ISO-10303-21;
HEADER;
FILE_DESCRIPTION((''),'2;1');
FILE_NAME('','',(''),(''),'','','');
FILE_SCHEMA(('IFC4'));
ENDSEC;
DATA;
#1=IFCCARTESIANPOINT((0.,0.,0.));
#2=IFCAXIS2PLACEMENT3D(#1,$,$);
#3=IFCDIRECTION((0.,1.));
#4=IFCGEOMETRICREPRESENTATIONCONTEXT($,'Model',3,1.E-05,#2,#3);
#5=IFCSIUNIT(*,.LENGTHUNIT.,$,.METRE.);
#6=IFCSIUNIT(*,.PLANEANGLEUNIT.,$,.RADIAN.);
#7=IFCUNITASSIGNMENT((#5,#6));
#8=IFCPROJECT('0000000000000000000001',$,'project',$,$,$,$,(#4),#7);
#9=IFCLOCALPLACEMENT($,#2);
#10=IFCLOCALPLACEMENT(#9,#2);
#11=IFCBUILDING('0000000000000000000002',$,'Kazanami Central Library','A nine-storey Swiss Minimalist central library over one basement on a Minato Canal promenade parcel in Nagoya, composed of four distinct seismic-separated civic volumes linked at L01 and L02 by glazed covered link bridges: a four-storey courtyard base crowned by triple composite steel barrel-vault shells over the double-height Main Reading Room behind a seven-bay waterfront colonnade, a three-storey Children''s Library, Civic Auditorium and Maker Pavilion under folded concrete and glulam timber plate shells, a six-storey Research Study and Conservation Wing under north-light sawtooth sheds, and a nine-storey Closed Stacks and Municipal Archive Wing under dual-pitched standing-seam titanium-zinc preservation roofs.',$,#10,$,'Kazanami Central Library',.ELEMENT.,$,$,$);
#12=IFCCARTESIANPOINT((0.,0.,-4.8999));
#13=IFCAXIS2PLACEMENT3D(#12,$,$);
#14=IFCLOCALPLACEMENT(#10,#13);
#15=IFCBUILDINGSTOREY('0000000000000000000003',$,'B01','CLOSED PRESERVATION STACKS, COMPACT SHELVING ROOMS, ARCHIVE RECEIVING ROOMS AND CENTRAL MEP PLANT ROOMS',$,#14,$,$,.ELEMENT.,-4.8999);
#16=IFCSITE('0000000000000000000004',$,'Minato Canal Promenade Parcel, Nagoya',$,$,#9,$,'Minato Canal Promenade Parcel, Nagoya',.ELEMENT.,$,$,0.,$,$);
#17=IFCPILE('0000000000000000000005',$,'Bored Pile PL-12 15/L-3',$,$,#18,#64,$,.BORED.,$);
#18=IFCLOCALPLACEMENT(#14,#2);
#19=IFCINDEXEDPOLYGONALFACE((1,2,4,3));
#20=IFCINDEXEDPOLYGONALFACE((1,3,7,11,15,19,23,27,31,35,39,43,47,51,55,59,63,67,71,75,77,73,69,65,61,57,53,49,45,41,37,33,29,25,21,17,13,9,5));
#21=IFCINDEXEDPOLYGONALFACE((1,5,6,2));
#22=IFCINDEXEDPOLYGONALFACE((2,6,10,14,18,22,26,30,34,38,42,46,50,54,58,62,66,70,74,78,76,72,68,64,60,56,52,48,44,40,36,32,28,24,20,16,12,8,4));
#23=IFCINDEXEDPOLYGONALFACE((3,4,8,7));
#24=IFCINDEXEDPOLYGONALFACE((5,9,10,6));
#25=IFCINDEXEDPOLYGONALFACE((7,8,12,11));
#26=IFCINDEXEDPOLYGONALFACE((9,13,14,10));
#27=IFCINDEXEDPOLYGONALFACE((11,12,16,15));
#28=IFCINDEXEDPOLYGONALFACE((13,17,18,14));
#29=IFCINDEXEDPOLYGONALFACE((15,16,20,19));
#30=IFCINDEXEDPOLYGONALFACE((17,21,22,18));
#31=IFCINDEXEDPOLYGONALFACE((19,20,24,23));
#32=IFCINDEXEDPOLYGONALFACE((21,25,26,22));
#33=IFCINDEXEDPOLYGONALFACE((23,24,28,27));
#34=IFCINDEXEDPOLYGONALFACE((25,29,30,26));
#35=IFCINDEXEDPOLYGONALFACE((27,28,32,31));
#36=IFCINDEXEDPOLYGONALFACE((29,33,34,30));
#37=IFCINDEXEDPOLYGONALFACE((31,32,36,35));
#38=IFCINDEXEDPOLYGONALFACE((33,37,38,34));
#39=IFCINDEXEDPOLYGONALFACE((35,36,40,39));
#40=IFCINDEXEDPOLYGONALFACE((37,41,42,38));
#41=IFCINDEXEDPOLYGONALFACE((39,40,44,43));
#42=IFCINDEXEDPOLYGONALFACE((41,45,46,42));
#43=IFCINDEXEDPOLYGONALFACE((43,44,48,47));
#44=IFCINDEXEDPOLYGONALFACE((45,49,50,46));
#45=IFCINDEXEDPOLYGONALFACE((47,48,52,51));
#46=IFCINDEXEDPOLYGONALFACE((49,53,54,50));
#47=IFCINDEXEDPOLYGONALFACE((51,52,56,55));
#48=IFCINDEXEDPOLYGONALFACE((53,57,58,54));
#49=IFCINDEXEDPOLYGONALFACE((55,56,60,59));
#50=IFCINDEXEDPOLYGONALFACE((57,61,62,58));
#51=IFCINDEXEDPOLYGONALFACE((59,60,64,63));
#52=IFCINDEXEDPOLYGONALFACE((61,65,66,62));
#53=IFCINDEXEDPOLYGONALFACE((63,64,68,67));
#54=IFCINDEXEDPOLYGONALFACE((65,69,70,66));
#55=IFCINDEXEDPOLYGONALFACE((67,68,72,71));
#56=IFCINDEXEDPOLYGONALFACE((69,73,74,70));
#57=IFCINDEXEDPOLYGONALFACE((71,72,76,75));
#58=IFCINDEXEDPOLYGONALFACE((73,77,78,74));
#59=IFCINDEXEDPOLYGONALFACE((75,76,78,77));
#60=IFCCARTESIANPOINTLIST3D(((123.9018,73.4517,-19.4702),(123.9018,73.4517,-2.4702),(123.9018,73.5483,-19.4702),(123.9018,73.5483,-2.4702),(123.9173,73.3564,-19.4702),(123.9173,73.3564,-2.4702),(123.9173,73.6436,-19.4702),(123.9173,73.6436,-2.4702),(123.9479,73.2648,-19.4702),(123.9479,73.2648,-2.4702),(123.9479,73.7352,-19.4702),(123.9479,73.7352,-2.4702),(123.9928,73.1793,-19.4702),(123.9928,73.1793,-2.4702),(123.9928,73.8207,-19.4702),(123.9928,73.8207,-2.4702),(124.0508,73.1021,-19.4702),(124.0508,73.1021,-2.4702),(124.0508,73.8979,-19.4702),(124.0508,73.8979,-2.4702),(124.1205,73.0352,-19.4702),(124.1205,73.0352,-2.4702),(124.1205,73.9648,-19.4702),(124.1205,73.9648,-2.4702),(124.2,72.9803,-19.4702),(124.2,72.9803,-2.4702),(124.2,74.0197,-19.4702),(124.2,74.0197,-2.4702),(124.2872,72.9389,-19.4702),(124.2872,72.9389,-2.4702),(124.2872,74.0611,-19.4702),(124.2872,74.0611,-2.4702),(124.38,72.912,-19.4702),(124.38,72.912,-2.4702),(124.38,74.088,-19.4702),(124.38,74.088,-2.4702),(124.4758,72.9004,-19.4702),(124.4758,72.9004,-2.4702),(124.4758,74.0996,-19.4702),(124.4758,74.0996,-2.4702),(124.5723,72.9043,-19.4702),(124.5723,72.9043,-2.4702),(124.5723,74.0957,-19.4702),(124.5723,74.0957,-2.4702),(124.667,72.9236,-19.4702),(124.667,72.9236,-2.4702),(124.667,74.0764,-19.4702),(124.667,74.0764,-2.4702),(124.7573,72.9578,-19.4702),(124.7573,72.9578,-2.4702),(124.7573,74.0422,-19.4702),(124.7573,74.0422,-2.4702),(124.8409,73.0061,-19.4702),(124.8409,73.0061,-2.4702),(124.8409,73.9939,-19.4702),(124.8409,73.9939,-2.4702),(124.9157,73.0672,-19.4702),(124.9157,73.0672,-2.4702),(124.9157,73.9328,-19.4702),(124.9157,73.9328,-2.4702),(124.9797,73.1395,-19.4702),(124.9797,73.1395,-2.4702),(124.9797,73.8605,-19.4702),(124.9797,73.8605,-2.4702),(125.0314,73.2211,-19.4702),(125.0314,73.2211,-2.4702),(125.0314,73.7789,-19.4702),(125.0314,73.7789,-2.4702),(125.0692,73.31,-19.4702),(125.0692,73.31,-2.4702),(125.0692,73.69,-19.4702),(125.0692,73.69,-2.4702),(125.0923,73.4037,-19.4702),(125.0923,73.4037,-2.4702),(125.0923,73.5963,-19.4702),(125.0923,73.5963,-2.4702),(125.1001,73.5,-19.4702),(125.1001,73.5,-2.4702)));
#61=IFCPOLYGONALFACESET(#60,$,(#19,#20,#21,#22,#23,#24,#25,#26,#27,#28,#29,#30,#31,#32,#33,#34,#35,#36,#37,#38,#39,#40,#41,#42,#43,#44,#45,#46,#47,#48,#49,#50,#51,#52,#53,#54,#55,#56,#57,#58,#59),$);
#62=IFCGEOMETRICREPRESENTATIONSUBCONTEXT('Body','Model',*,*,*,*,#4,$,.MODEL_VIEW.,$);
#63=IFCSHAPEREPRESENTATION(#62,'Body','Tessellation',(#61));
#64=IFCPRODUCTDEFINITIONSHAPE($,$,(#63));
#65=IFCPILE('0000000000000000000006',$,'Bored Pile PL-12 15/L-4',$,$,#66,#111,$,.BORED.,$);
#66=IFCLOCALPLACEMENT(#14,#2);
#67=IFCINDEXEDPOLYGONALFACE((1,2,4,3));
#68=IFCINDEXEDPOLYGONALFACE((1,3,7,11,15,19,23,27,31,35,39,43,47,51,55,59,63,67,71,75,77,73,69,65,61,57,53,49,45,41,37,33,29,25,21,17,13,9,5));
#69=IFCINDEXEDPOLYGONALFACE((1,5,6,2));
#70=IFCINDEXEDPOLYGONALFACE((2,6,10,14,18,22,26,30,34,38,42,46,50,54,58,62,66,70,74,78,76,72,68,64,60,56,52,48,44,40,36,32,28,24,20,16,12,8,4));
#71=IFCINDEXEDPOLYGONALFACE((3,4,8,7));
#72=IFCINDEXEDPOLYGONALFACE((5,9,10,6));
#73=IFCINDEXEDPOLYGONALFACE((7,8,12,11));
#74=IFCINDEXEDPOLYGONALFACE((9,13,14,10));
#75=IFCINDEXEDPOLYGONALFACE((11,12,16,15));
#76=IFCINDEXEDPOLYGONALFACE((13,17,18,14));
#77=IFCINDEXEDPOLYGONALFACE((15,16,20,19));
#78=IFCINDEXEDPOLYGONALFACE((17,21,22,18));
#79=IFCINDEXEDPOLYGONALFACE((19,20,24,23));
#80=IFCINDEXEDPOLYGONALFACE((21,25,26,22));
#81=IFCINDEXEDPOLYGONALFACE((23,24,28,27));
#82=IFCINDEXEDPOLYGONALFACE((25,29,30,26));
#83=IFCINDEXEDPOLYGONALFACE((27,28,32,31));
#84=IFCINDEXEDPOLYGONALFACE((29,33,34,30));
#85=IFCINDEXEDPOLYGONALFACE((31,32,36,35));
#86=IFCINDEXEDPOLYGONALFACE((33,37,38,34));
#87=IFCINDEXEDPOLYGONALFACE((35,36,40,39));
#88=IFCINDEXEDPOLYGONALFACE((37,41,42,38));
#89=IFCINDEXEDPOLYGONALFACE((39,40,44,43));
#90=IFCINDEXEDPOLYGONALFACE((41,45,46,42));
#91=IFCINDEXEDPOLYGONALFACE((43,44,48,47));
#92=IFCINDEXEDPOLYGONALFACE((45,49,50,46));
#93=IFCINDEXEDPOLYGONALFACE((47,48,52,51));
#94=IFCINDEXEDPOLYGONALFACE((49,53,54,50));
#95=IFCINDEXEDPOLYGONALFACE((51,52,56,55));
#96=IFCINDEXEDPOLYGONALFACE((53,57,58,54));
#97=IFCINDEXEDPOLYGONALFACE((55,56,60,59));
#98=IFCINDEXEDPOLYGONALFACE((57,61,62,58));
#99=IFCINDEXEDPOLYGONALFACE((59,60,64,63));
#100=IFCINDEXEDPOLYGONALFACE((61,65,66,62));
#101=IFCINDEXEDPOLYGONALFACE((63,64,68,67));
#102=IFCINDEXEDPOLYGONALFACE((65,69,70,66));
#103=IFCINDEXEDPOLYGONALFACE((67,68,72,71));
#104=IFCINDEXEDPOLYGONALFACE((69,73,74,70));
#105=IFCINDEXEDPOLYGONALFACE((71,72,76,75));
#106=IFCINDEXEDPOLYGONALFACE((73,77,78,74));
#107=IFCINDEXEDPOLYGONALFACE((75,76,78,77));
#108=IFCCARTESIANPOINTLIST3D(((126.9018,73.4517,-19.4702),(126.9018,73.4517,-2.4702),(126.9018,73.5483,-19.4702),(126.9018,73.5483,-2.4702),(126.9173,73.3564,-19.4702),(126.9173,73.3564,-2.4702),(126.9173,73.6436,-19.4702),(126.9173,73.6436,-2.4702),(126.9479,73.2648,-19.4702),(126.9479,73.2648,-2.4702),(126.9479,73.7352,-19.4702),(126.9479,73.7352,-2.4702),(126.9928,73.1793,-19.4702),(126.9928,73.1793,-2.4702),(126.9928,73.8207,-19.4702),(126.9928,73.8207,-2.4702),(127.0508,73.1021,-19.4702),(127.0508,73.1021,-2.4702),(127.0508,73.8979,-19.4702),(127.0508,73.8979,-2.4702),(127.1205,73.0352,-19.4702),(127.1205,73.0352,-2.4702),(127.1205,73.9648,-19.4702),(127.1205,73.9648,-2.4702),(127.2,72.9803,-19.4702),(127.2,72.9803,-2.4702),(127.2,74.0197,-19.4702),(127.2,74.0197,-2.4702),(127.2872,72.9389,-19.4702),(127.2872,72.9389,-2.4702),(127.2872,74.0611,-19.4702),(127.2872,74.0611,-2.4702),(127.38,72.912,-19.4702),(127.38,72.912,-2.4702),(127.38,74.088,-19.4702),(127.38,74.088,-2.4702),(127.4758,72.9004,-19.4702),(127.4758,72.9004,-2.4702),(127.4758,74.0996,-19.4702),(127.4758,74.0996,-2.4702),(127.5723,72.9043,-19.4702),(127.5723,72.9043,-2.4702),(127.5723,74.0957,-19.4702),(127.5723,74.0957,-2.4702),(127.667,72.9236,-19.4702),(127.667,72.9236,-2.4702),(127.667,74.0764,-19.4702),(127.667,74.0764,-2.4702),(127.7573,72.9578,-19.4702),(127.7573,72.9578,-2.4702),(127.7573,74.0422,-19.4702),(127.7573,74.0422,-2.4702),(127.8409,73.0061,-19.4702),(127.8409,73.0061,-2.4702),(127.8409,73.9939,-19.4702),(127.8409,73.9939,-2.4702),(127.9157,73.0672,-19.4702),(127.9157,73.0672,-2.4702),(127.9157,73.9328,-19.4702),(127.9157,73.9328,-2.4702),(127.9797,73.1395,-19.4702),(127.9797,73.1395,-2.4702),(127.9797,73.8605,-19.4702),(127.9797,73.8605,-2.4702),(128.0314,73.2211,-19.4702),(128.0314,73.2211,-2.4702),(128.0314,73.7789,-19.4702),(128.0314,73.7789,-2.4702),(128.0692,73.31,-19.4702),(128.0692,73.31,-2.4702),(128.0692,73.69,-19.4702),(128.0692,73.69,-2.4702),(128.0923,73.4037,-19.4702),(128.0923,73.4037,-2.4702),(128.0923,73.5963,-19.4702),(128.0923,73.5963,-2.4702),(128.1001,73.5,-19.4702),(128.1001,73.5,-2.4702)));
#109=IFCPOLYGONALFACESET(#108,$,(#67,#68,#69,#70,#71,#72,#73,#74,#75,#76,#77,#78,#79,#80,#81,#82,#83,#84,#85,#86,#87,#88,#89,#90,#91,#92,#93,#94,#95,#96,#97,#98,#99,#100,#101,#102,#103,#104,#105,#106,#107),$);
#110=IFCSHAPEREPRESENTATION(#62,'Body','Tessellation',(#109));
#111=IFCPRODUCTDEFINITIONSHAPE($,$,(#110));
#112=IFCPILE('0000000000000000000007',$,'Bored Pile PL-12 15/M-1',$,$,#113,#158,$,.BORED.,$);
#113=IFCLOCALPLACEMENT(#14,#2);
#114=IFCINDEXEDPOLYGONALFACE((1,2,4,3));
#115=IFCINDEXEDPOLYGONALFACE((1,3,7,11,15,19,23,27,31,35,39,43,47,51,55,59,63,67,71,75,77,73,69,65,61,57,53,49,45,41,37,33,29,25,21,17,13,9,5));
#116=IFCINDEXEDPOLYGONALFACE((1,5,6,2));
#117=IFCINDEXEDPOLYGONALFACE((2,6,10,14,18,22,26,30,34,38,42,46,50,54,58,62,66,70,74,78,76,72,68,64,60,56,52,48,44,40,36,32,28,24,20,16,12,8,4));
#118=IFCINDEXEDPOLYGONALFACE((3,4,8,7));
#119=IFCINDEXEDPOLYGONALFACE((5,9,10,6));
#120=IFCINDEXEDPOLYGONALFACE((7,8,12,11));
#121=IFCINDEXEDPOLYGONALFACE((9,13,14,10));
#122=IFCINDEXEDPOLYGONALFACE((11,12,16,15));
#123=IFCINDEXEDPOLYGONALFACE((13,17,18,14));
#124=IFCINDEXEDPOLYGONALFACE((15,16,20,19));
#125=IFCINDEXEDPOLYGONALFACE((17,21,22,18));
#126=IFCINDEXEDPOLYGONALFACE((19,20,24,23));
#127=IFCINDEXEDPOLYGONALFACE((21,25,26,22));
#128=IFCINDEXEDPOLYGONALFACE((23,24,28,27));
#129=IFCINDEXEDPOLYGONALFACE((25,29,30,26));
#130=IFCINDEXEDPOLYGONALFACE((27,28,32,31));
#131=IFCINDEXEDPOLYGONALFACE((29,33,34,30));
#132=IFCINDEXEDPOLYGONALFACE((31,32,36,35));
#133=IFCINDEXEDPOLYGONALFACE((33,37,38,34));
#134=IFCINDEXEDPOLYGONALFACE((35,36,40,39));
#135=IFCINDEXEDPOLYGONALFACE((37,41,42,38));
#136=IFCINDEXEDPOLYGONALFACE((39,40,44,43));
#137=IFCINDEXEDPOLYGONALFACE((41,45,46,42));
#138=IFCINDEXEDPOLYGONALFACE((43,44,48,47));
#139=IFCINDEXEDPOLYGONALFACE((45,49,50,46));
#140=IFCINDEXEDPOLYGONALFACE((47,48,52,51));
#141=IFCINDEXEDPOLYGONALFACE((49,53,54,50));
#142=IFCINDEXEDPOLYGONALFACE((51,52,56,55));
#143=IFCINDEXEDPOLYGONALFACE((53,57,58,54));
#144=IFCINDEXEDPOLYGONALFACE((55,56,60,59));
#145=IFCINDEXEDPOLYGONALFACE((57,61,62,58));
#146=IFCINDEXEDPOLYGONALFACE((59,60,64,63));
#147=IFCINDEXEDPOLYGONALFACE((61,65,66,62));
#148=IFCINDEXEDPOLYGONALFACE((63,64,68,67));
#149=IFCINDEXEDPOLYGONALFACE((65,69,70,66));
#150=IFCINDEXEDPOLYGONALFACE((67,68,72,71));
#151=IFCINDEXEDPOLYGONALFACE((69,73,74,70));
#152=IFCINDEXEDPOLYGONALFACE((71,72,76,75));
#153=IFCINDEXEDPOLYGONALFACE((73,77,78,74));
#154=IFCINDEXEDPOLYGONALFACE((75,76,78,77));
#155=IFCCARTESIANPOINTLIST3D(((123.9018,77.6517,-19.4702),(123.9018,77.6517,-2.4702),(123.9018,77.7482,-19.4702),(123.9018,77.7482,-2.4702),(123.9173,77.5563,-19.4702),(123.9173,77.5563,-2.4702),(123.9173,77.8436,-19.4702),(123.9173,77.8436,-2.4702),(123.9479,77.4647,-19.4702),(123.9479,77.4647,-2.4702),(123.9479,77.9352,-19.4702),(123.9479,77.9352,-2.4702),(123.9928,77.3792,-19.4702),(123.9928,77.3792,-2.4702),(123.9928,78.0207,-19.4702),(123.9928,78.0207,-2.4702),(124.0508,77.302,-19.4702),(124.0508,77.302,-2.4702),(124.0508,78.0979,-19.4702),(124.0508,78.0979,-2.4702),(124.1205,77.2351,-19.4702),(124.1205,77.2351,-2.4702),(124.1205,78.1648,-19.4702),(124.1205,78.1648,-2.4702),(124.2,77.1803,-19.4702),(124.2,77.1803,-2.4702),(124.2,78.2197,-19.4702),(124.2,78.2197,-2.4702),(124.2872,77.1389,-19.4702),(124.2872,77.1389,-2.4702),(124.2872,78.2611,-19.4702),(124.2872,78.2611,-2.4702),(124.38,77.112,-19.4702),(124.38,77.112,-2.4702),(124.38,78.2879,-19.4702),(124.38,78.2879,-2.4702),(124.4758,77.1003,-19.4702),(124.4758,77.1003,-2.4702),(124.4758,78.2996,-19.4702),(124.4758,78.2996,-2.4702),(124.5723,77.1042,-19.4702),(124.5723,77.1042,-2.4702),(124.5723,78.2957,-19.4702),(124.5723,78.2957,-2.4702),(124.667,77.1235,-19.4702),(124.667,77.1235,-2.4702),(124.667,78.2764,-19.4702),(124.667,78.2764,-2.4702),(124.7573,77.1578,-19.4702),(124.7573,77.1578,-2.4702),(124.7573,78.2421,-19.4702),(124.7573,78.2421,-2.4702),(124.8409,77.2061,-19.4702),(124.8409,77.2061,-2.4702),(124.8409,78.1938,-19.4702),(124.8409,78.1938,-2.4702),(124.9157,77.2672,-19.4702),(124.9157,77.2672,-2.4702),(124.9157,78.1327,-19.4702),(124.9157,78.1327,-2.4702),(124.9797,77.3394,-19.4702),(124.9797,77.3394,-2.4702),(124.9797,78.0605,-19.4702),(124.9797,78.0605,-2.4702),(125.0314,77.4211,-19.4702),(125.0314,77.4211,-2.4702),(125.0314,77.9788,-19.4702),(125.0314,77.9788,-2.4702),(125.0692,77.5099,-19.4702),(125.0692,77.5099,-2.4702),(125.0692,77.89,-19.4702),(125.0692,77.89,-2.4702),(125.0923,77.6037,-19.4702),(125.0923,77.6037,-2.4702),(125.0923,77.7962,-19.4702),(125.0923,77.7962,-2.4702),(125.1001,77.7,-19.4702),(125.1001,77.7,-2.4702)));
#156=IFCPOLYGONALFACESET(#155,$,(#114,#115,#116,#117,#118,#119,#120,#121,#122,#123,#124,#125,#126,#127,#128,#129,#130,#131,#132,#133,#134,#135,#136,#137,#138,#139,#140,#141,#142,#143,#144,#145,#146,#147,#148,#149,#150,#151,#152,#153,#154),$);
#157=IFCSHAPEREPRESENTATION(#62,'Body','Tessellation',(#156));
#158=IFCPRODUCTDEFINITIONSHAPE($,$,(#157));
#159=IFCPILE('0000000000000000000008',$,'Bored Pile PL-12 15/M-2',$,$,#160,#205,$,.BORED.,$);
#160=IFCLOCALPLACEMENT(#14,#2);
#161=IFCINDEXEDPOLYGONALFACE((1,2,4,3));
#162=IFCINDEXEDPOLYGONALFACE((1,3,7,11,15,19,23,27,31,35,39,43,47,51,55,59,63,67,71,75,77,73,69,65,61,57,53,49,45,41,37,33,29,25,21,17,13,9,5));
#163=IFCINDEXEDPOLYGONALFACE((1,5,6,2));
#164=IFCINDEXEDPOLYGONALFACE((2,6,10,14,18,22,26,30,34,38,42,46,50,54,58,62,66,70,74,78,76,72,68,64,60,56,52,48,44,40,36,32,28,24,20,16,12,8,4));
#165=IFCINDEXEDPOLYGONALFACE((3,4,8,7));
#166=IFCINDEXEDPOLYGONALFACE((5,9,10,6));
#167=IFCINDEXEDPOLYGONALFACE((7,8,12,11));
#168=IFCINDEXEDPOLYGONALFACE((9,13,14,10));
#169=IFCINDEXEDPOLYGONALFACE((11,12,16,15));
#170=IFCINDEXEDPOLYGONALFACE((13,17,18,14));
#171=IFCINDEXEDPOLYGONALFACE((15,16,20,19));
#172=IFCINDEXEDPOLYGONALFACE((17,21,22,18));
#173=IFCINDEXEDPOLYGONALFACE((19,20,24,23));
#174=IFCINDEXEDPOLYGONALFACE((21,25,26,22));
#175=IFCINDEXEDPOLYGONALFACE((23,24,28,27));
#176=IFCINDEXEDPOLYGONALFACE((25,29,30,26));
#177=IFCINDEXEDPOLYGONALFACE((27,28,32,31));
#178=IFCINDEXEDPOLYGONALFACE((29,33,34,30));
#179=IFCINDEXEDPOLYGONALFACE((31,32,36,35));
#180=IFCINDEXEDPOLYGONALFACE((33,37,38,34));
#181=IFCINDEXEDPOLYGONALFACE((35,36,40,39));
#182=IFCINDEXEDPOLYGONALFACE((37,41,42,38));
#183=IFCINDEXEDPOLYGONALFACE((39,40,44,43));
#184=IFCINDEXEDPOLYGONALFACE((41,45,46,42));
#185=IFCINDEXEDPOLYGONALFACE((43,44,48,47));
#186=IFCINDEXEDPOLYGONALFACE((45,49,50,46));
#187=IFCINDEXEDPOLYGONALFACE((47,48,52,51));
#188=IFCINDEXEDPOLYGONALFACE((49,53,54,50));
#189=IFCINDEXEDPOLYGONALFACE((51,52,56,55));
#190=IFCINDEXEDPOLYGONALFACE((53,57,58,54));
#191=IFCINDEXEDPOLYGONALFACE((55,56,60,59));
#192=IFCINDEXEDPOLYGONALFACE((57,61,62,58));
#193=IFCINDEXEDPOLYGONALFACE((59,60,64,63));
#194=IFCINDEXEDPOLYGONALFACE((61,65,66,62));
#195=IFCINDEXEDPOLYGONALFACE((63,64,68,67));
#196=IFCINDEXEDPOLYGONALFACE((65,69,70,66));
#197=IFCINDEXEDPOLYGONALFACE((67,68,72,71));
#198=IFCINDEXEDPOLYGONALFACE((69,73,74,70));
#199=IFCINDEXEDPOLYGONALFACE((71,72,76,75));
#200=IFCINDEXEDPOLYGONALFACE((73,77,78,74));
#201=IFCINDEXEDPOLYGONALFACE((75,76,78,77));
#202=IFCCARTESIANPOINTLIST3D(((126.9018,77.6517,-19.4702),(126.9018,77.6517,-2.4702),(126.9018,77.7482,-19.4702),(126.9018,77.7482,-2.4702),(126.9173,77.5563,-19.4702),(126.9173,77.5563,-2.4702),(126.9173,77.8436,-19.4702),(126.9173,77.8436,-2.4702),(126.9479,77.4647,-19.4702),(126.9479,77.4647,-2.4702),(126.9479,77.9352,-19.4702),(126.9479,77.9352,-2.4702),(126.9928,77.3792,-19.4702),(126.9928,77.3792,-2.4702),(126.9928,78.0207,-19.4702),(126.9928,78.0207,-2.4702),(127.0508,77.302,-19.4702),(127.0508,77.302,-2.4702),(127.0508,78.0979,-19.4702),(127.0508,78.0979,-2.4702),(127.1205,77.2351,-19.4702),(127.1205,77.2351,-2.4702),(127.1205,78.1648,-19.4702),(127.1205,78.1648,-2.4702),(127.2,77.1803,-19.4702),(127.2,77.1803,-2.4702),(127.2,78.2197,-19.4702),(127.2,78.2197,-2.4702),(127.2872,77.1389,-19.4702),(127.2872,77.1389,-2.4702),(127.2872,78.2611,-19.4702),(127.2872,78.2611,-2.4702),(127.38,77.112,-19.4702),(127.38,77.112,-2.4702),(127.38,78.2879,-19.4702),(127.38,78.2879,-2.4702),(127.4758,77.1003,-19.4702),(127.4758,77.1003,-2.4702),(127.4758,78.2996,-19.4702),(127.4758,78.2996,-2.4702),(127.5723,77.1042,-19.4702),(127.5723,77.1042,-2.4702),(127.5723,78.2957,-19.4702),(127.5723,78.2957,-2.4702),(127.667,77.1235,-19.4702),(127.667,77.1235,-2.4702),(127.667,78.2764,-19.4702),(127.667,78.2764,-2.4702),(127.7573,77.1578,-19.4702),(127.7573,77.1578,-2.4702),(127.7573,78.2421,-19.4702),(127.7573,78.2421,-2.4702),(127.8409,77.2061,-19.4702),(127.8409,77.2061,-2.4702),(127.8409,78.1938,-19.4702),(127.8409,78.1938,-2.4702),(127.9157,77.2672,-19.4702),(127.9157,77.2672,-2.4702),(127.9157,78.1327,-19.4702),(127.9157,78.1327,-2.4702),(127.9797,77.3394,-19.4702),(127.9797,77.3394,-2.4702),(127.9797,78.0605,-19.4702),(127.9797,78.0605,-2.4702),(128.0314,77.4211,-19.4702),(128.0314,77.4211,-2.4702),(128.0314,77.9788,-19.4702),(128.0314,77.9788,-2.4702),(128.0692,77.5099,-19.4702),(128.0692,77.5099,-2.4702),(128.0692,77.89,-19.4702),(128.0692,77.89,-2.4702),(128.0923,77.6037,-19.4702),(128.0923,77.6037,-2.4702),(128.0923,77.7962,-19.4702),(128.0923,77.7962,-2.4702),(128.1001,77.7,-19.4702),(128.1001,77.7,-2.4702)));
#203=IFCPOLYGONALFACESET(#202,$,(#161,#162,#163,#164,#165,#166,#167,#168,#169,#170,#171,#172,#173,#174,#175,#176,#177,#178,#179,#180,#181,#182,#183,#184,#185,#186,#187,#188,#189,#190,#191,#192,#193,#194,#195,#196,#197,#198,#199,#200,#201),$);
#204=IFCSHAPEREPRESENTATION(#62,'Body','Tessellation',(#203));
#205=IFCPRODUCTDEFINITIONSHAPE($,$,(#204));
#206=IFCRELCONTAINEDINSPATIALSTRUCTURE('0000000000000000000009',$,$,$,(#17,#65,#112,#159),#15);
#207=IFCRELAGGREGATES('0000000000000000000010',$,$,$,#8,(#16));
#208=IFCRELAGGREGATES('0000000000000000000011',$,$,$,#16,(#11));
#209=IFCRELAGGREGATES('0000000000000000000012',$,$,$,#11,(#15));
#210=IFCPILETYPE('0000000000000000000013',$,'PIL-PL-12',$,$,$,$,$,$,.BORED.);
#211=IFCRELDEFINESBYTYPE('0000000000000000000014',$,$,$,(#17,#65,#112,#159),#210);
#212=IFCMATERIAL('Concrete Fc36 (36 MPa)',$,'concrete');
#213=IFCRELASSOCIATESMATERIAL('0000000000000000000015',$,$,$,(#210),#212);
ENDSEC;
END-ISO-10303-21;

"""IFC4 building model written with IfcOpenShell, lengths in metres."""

from ifc_helpers import new_model, si_unit, direction, frame, origin, origin_2d, place, context, subcontext, project, spatial, circle, extrude, material, material_profile, profile_set, type_object, element, save


model = new_model("IFC4")

# Units and contexts
model_context = context("Model", 3, precision=1e-05, world=origin(), true_north=direction((0.0, 1.0)))
body_context = subcontext(model_context, "Body", "Model", "MODEL_VIEW")
ifc_project = project(units=[si_unit("LENGTHUNIT", "METRE"), si_unit("PLANEANGLEUNIT", "RADIAN")], contexts=[model_context])

# Site, building, storey
site_placement = place(None, origin())
site = spatial("IfcSite", under=ifc_project, at=site_placement, Name="Minato Canal Promenade Parcel, Nagoya", LongName="Minato Canal Promenade Parcel, Nagoya", CompositionType="ELEMENT", RefElevation=0.0)
building_placement = place(site_placement, origin())
building = spatial("IfcBuilding", under=site, at=building_placement, Name="Kazanami Central Library", Description="A nine-storey Swiss Minimalist central library over one basement on a Minato Canal promenade parcel in Nagoya, composed of four distinct seismic-separated civic volumes linked at L01 and L02 by glazed covered link bridges: a four-storey courtyard base crowned by triple composite steel barrel-vault shells over the double-height Main Reading Room behind a seven-bay waterfront colonnade, a three-storey Children's Library, Civic Auditorium and Maker Pavilion under folded concrete and glulam timber plate shells, a six-storey Research Study and Conservation Wing under north-light sawtooth sheds, and a nine-storey Closed Stacks and Municipal Archive Wing under dual-pitched standing-seam titanium-zinc preservation roofs.", LongName="Kazanami Central Library", CompositionType="ELEMENT")
storey_placement = place(building_placement, frame((0.0, 0.0, -4.8999)))
storey = spatial("IfcBuildingStorey", under=building, at=storey_placement, Name="B01", Description="CLOSED PRESERVATION STACKS, COMPACT SHELVING ROOMS, ARCHIVE RECEIVING ROOMS AND CENTRAL MEP PLANT ROOMS", CompositionType="ELEMENT", Elevation=-4.8999)

# Shared definitions
ifc_material_1 = material(Name="Concrete Fc36 (36 MPa)", Category="concrete")

# Piles
ifc_material_profile_1 = material_profile(ifc_material_1, circle(Radius=0.6001, at=origin_2d()), Name="BORED-D1200")
ifc_profile_set_1 = profile_set([ifc_material_profile_1], Name="Concrete Fc36 (36 MPa)")
pile_type = type_object("IfcPileType", Name="PIL-PL-12", PredefinedType="BORED", material=ifc_profile_set_1)
for number, where, z_axis, x_axis, name in (
    (1, (124.5, 73.5, -2.4702), (0.0, 0.0, -1.0), (1.0, 0.0, 0.0), "Bored Pile PL-12 15/L-3"),
    (2, (127.5, 73.5, -2.4702), (0.0, 0.0, -1.0), (1.0, 0.0, 0.0), "Bored Pile PL-12 15/L-4"),
    (3, (124.5, 77.7, -2.4702), (0.0, 0.0, -1.0), (1.0, 0.0, 0.0), "Bored Pile PL-12 15/M-1"),
    (4, (127.5, 77.7, -2.4702), (0.0, 0.0, -1.0), (1.0, 0.0, 0.0), "Bored Pile PL-12 15/M-2"),
):
    element("IfcPile", number, at=place(storey_placement, frame(where, z_axis=z_axis, x_axis=x_axis)), inside=storey, type_object=pile_type, Name=name, PredefinedType="BORED", context=body_context, shape_type="SweptSolid", body=[
        extrude(circle(Radius=0.6001, at=origin_2d()), origin(), (0.0, 0.0, 1.0), 17.0),
    ])

save(model, "model.ifc")
